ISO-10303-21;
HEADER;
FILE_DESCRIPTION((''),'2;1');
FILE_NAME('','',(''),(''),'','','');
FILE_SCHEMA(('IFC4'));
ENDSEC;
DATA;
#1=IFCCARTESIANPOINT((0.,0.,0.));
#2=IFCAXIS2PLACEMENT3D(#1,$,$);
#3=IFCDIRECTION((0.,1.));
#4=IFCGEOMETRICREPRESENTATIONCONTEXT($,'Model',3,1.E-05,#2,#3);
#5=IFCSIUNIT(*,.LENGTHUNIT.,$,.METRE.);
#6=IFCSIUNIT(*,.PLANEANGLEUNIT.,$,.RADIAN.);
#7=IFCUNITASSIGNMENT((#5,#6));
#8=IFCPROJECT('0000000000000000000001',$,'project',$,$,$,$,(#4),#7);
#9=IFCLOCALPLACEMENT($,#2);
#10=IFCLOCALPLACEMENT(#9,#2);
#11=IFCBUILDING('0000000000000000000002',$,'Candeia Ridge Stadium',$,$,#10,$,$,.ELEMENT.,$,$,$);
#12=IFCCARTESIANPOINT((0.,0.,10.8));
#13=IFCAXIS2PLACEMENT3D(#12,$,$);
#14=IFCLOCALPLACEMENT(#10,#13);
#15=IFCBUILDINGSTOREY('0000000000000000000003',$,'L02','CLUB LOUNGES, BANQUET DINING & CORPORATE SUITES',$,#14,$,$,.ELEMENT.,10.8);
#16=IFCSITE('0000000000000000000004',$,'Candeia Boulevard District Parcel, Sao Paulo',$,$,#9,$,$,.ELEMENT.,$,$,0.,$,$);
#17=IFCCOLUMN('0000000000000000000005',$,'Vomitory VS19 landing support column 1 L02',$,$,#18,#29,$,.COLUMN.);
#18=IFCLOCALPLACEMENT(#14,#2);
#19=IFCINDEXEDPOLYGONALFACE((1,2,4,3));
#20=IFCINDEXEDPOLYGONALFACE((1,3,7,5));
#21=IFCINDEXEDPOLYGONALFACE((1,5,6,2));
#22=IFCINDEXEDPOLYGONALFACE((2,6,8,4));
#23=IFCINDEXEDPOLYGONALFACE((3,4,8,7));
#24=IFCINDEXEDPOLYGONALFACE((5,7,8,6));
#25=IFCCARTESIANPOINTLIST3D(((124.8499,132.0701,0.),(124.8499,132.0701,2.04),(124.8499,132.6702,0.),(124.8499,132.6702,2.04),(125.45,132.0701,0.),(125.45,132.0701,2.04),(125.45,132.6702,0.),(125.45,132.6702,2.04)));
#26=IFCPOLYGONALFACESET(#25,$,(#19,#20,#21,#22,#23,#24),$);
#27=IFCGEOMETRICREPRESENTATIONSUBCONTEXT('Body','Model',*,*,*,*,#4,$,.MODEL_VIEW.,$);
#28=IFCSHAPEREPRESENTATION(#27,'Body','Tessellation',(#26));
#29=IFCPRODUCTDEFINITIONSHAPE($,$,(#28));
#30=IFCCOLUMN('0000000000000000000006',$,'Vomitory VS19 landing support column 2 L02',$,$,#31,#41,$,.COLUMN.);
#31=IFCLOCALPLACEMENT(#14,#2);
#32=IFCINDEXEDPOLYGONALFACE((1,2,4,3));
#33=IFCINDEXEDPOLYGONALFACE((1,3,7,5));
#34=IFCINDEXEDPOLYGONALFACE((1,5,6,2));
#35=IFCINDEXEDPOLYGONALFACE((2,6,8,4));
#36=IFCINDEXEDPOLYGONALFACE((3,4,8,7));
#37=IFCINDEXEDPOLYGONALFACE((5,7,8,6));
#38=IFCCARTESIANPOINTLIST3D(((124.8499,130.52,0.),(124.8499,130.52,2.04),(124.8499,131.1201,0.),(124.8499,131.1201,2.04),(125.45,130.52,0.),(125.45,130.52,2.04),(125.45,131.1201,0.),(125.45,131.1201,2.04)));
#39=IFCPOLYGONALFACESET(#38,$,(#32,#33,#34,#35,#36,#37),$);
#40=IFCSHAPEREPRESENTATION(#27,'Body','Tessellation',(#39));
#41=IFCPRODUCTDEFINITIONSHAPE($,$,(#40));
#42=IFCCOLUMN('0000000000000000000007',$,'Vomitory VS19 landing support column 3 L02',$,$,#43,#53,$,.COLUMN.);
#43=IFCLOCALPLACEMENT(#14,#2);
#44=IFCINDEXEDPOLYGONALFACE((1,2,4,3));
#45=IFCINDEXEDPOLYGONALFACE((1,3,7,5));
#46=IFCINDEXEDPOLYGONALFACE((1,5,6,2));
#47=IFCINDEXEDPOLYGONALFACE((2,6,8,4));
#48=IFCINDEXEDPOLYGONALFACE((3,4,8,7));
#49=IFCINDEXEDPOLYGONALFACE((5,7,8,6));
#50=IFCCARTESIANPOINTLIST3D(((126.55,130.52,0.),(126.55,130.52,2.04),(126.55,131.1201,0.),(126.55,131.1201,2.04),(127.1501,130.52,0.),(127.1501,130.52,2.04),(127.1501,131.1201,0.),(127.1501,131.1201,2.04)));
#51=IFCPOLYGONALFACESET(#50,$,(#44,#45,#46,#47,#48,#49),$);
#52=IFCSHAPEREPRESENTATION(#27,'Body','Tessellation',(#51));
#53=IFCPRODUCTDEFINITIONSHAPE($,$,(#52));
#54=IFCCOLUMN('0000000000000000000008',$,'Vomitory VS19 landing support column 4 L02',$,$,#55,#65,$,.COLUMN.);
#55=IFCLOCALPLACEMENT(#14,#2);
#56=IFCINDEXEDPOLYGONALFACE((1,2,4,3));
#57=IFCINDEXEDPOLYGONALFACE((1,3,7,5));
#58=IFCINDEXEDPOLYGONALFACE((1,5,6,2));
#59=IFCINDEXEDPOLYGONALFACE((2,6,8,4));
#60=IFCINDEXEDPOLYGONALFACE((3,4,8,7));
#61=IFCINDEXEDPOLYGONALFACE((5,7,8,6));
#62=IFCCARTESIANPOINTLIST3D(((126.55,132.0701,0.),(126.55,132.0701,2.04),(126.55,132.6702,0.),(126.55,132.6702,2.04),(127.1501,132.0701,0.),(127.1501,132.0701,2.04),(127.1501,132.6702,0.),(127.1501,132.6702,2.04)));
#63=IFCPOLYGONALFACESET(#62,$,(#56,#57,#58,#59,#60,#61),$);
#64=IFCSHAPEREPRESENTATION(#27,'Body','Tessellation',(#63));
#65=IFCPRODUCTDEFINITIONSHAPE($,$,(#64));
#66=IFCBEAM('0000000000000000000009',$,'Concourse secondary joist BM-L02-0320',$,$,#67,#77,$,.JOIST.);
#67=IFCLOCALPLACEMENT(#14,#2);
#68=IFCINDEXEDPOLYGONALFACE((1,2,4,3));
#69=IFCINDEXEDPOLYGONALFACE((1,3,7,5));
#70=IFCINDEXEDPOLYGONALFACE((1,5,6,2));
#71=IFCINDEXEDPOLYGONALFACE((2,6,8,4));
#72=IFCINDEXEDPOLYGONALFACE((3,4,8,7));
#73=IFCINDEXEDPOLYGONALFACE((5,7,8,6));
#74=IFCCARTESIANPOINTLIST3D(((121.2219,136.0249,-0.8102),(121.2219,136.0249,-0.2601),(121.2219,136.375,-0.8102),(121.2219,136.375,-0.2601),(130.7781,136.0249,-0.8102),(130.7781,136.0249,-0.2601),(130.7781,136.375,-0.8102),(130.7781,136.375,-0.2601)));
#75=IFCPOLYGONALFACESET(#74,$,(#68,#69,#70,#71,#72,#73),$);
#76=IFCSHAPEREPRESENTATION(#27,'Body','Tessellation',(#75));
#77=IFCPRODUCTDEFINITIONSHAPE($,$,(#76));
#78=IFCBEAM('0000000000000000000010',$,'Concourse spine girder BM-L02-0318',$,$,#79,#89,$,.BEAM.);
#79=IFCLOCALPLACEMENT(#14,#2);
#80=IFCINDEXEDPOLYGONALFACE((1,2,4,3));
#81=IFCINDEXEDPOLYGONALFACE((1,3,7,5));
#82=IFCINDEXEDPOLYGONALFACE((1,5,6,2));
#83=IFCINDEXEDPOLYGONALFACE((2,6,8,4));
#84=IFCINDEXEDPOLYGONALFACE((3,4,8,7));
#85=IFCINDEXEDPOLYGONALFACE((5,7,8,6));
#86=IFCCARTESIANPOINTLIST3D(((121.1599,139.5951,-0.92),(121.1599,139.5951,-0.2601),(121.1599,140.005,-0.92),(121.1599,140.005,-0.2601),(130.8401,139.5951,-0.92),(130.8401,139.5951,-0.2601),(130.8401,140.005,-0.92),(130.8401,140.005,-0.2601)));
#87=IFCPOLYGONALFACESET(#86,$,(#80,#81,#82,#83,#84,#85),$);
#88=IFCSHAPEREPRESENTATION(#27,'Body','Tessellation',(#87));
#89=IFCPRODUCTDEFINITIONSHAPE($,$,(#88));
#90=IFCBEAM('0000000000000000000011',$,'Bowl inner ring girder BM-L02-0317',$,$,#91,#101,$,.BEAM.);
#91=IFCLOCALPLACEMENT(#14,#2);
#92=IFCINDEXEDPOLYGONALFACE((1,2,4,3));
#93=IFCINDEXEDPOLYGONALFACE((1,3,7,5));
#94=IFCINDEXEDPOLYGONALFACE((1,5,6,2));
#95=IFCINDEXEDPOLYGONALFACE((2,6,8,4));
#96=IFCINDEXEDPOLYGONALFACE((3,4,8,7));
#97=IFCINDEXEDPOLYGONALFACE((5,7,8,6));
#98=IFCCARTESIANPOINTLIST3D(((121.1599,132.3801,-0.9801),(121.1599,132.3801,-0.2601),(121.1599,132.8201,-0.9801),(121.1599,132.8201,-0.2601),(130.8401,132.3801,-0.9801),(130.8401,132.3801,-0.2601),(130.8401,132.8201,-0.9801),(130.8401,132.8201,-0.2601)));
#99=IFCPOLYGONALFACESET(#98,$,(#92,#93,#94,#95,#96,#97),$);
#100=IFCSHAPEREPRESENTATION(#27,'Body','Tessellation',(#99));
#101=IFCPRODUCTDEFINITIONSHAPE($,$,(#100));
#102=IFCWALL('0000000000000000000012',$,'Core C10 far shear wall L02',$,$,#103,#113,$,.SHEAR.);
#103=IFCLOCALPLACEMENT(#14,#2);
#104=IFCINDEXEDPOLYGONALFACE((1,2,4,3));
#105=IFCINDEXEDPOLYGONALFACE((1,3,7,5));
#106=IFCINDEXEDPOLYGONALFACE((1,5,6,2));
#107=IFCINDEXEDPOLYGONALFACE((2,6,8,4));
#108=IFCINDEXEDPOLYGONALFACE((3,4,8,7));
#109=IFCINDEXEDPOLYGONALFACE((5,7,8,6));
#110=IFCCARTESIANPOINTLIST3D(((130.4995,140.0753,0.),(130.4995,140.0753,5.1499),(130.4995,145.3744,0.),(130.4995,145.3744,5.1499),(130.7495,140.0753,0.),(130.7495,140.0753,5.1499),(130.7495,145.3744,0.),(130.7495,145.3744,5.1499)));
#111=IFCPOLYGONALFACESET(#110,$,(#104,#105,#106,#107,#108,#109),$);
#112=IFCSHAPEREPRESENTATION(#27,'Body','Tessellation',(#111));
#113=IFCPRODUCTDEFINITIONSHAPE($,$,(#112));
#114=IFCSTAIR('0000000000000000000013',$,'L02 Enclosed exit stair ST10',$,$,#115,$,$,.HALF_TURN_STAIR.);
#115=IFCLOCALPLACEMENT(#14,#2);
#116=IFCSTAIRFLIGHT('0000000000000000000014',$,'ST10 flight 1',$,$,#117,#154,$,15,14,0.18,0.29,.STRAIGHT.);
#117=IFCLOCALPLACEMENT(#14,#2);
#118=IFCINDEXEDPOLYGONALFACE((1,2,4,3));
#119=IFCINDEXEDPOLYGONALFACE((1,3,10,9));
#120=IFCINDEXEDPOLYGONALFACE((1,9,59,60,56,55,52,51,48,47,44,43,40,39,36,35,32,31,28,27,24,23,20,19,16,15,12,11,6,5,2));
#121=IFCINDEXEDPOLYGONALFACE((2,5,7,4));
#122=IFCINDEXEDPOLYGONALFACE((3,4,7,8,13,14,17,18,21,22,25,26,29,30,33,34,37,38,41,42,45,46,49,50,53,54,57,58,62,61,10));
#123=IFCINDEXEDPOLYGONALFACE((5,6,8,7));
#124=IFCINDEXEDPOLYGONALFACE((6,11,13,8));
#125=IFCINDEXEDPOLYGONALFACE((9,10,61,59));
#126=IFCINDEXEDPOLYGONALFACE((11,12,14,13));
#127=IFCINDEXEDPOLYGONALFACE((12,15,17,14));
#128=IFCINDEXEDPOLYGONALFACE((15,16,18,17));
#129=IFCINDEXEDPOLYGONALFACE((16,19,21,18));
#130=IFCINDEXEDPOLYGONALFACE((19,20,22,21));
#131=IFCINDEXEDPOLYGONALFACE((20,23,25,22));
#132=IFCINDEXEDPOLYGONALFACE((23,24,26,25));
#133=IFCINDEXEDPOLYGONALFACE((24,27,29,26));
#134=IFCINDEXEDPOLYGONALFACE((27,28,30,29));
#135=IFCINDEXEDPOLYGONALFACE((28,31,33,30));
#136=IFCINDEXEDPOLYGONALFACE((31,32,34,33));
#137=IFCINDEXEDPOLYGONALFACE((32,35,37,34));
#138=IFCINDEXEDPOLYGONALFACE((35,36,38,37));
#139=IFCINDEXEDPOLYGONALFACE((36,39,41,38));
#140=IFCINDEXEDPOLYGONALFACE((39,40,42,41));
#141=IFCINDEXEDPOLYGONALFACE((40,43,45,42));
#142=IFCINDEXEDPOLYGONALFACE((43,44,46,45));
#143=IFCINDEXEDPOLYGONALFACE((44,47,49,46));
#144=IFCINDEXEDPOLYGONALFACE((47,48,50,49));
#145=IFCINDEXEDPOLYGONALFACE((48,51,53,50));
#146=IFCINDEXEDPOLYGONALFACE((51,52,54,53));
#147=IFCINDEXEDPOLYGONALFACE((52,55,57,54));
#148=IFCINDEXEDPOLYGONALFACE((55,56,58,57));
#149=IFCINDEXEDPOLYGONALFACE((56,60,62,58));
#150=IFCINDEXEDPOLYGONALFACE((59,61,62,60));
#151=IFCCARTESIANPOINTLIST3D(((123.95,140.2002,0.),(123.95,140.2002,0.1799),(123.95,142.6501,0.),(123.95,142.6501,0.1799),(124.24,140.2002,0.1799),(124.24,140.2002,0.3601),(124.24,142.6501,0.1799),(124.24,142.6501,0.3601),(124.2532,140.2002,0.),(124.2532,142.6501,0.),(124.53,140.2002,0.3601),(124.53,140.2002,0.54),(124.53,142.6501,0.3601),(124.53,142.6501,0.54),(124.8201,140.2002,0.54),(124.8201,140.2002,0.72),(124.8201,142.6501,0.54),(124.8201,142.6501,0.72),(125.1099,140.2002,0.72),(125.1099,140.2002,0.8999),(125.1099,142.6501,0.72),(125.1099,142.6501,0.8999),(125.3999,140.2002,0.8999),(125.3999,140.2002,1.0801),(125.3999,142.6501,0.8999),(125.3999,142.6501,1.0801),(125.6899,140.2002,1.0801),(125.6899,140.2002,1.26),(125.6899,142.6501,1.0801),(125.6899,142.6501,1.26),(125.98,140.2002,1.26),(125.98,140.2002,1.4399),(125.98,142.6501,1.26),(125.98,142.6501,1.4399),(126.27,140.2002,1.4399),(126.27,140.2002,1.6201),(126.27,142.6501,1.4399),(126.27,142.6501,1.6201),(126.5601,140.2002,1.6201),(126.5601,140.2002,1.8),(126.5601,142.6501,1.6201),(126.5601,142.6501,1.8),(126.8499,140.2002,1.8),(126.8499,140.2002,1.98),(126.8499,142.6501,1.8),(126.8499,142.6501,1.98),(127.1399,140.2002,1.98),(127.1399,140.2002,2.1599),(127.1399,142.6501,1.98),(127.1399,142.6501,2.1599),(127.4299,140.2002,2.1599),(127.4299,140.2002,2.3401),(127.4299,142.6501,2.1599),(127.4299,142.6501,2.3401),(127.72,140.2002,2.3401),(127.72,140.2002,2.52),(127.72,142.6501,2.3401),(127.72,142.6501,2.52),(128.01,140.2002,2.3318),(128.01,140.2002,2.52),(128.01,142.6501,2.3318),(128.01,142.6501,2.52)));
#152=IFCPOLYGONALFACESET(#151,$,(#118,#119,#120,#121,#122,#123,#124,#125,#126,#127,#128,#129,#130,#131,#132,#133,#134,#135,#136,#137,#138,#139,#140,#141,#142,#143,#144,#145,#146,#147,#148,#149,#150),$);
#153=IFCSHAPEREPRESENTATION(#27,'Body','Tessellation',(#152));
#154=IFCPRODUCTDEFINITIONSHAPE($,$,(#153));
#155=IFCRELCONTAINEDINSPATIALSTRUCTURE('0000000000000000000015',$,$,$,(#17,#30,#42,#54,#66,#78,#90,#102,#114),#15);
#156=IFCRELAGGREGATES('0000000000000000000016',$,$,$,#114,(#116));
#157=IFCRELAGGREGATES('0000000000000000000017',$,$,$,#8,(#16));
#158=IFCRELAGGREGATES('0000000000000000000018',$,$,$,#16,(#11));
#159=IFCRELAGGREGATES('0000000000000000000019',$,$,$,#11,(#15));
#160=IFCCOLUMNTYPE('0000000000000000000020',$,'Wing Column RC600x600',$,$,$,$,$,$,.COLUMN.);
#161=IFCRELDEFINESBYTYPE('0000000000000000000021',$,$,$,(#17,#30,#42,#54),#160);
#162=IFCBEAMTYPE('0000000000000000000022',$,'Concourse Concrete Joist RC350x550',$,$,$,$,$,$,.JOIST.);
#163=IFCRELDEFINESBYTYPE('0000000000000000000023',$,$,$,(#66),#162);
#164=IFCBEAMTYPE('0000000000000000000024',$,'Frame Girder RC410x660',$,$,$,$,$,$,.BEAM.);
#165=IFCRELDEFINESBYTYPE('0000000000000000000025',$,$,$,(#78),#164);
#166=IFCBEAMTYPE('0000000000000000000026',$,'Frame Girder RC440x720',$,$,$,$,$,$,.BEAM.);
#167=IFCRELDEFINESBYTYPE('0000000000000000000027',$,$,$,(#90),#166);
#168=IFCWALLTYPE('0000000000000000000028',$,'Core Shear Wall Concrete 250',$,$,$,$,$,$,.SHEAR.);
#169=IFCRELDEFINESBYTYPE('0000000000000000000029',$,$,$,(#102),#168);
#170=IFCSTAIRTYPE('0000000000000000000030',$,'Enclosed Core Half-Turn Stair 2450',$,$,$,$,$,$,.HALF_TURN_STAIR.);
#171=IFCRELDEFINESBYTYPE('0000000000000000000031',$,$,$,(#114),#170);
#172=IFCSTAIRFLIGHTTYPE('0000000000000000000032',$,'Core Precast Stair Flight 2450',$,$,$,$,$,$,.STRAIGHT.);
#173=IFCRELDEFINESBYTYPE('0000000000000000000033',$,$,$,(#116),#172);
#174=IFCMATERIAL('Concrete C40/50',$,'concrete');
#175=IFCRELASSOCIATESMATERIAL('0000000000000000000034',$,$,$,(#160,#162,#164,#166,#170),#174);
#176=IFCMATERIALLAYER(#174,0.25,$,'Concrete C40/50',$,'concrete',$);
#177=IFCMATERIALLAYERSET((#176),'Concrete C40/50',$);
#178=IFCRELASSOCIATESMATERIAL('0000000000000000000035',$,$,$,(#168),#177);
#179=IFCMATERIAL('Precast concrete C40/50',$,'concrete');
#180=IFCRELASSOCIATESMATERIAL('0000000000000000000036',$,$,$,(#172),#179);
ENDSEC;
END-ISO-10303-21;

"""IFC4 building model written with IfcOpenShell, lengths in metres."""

from ifc_helpers import new_model, si_unit, direction, frame, frame_2d, origin, origin_2d, place, context, subcontext, project, spatial, polyline, rectangle, outline, extrude, material, layer, layer_set, material_profile, profile_set, type_object, element, aggregate, save


model = new_model("IFC4")

# Units and contexts
model_context = context("Model", 3, precision=1e-05, world=origin(), true_north=direction((0.0, 1.0)))
body_context = subcontext(model_context, "Body", "Model", "MODEL_VIEW")
ifc_project = project(units=[si_unit("LENGTHUNIT", "METRE"), si_unit("PLANEANGLEUNIT", "RADIAN")], contexts=[model_context])

# Site, building, storey
site_placement = place(None, origin())
site = spatial("IfcSite", under=ifc_project, at=site_placement, Name="Candeia Boulevard District Parcel, Sao Paulo", CompositionType="ELEMENT", RefElevation=0.0)
building_placement = place(site_placement, origin())
building = spatial("IfcBuilding", under=site, at=building_placement, Name="Candeia Ridge Stadium", CompositionType="ELEMENT")
storey_placement = place(building_placement, frame((0.0, 0.0, 10.8)))
storey = spatial("IfcBuildingStorey", under=building, at=storey_placement, Name="L02", Description="CLUB LOUNGES, BANQUET DINING & CORPORATE SUITES", CompositionType="ELEMENT", Elevation=10.8)

# Columns
ifc_material_1 = material(Name="Concrete C40/50", Category="concrete")
ifc_material_profile_1 = material_profile(ifc_material_1, rectangle(XDim=0.6001, YDim=0.6001, at=origin_2d()), Name="RC600x600", Category="concrete")
ifc_profile_set_1 = profile_set([ifc_material_profile_1], Name="Concrete C40/50")
column_type = type_object("IfcColumnType", Name="Wing Column RC600x600", PredefinedType="COLUMN", material=ifc_profile_set_1)
for number, where, z_axis, x_axis, name in (
    (1, (125.1499, 132.3701, 0.0), (0.0, 0.0, 1.0), (1.0, 0.0, 0.0), "Vomitory VS19 landing support column 1 L02"),
    (2, (125.1499, 130.8201, 0.0), (0.0, 0.0, 1.0), (1.0, 0.0, 0.0), "Vomitory VS19 landing support column 2 L02"),
    (3, (126.8501, 130.8201, 0.0), (0.0, 0.0, 1.0), (1.0, 0.0, 0.0), "Vomitory VS19 landing support column 3 L02"),
    (4, (126.8501, 132.3701, 0.0), (0.0, 0.0, 1.0), (1.0, 0.0, 0.0), "Vomitory VS19 landing support column 4 L02"),
):
    element("IfcColumn", number, at=place(storey_placement, frame(where, z_axis=z_axis, x_axis=x_axis)), inside=storey, type_object=column_type, Name=name, PredefinedType="COLUMN", context=body_context, shape_type="SweptSolid", body=[
        extrude(rectangle(XDim=0.6001, YDim=0.6001, at=origin_2d()), origin(), (0.0, 0.0, 1.0), 2.04),
    ])

# Beams
ifc_material_profile_2 = material_profile(ifc_material_1, rectangle(XDim=0.3501, YDim=0.55, at=origin_2d()), Name="RC350x550", Category="concrete")
ifc_profile_set_2 = profile_set([ifc_material_profile_2], Name="Concrete C40/50")
beam_type_1 = type_object("IfcBeamType", Name="Concourse Concrete Joist RC350x550", PredefinedType="JOIST", material=ifc_profile_set_2)
beam_1_placement = place(storey_placement, frame((130.7781, 136.2, -0.5352), z_axis=(-1.0, 0.0, 0.0), x_axis=(0.0, -1.0, 0.0)))
element("IfcBeam", 5, at=beam_1_placement, inside=storey, type_object=beam_type_1, Name="Concourse secondary joist BM-L02-0320", PredefinedType="JOIST", context=body_context, shape_type="SweptSolid", body=[
    extrude(rectangle(XDim=0.3501, YDim=0.55, at=origin_2d()), origin(), (0.0, 0.0, 1.0), 9.5562),
])
ifc_material_profile_3 = material_profile(ifc_material_1, rectangle(XDim=0.4099, YDim=0.6599, at=origin_2d()), Name="RC410x660", Category="concrete")
ifc_profile_set_3 = profile_set([ifc_material_profile_3], Name="Concrete C40/50")
beam_type_2 = type_object("IfcBeamType", Name="Frame Girder RC410x660", PredefinedType="BEAM", material=ifc_profile_set_3)
beam_2_placement = place(storey_placement, frame((130.8401, 139.8, -0.5901), z_axis=(-1.0, 0.0, 0.0), x_axis=(0.0, -1.0, 0.0)))
element("IfcBeam", 6, at=beam_2_placement, inside=storey, type_object=beam_type_2, Name="Concourse spine girder BM-L02-0318", PredefinedType="BEAM", context=body_context, shape_type="SweptSolid", body=[
    extrude(rectangle(XDim=0.4099, YDim=0.6599, at=origin_2d()), origin(), (0.0, 0.0, 1.0), 9.6802),
])
ifc_material_profile_4 = material_profile(ifc_material_1, rectangle(XDim=0.4399, YDim=0.72, at=origin_2d()), Name="RC440x720", Category="concrete")
ifc_profile_set_4 = profile_set([ifc_material_profile_4], Name="Concrete C40/50")
beam_type_3 = type_object("IfcBeamType", Name="Frame Girder RC440x720", PredefinedType="BEAM", material=ifc_profile_set_4)
beam_3_placement = place(storey_placement, frame((130.8401, 132.6001, -0.6201), z_axis=(-1.0, 0.0, 0.0), x_axis=(0.0, -1.0, 0.0)))
element("IfcBeam", 7, at=beam_3_placement, inside=storey, type_object=beam_type_3, Name="Bowl inner ring girder BM-L02-0317", PredefinedType="BEAM", context=body_context, shape_type="SweptSolid", body=[
    extrude(rectangle(XDim=0.4399, YDim=0.72, at=origin_2d()), origin(), (0.0, 0.0, 1.0), 9.6802),
])

# Wall
ifc_layer_1 = layer(ifc_material_1, 0.25, Name="Concrete C40/50", Category="concrete")
ifc_layer_set_1 = layer_set([ifc_layer_1], Name="Concrete C40/50")
wall_type = type_object("IfcWallType", Name="Core Shear Wall Concrete 250", PredefinedType="SHEAR", material=ifc_layer_set_1)
wall_placement = place(storey_placement, frame((130.6245, 140.0754, 0.0), z_axis=(0.0, 0.0, 1.0), x_axis=(0.0, 1.0, 0.0)))
element("IfcWall", 8, at=wall_placement, inside=storey, type_object=wall_type, Name="Core C10 far shear wall L02", PredefinedType="SHEAR", context=body_context, shape_type="SweptSolid", body=[
    extrude(rectangle(XDim=5.2991, YDim=0.25, at=frame_2d((2.6494, 0.0))), origin(), (0.0, 0.0, 1.0), 5.1499),
])

# Stair, stair flight
stair_type_1 = type_object("IfcStairType", Name="Enclosed Core Half-Turn Stair 2450", PredefinedType="HALF_TURN_STAIR", material=ifc_material_1)
stair_1_placement = place(storey_placement, origin())
stair_1 = element("IfcStair", 9, at=stair_1_placement, inside=storey, type_object=stair_type_1, Name="L02 Enclosed exit stair ST10", PredefinedType="HALF_TURN_STAIR")
ifc_material_2 = material(Name="Precast concrete C40/50", Category="concrete")
stair_flight_type_1 = type_object("IfcStairFlightType", Name="Core Precast Stair Flight 2450", PredefinedType="STRAIGHT", material=ifc_material_2)
stair_flight_1_placement = place(storey_placement, frame((123.95, 141.425, 0.0), z_axis=(0.0, 0.0, 1.0), x_axis=(1.0, 0.0, 0.0)))
stair_flight_1 = element("IfcStairFlight", 10, at=stair_flight_1_placement, type_object=stair_flight_type_1, Name="ST10 flight 1", NumberOfRisers=15, NumberOfTreads=14, PredefinedType="STRAIGHT", RiserHeight=0.18, TreadLength=0.29, context=body_context, shape_type="SweptSolid", body=[
    extrude(outline(polyline([(0.0, 0.0), (0.0, 0.1799), (0.29, 0.1799), (0.29, 0.3601), (0.5801, 0.3601), (0.5801, 0.54), (0.8701, 0.54), (0.8701, 0.72), (1.1599, 0.72), (1.1599, 0.8999), (1.45, 0.8999), (1.45, 1.0801), (1.74, 1.0801), (1.74, 1.26), (2.03, 1.26), (2.03, 1.4399), (2.3201, 1.4399), (2.3201, 1.6201), (2.6101, 1.6201), (2.6101, 1.8), (2.8999, 1.8), (2.8999, 1.98), (3.1899, 1.98), (3.1899, 2.1599), (3.48, 2.1599), (3.48, 2.3401), (3.77, 2.3401), (3.77, 2.52), (4.0601, 2.52), (4.0601, 2.7), (4.0601, 2.3318), (0.3032, 0.0), (0.0, 0.0)])), frame((0.0, 1.2251, 0.0), z_axis=(0.0, -1.0, 0.0), x_axis=(1.0, 0.0, 0.0)), (0.0, 0.0, 1.0), 2.45),
])
aggregate(stair_1, [stair_flight_1])

save(model, "model.ifc")
